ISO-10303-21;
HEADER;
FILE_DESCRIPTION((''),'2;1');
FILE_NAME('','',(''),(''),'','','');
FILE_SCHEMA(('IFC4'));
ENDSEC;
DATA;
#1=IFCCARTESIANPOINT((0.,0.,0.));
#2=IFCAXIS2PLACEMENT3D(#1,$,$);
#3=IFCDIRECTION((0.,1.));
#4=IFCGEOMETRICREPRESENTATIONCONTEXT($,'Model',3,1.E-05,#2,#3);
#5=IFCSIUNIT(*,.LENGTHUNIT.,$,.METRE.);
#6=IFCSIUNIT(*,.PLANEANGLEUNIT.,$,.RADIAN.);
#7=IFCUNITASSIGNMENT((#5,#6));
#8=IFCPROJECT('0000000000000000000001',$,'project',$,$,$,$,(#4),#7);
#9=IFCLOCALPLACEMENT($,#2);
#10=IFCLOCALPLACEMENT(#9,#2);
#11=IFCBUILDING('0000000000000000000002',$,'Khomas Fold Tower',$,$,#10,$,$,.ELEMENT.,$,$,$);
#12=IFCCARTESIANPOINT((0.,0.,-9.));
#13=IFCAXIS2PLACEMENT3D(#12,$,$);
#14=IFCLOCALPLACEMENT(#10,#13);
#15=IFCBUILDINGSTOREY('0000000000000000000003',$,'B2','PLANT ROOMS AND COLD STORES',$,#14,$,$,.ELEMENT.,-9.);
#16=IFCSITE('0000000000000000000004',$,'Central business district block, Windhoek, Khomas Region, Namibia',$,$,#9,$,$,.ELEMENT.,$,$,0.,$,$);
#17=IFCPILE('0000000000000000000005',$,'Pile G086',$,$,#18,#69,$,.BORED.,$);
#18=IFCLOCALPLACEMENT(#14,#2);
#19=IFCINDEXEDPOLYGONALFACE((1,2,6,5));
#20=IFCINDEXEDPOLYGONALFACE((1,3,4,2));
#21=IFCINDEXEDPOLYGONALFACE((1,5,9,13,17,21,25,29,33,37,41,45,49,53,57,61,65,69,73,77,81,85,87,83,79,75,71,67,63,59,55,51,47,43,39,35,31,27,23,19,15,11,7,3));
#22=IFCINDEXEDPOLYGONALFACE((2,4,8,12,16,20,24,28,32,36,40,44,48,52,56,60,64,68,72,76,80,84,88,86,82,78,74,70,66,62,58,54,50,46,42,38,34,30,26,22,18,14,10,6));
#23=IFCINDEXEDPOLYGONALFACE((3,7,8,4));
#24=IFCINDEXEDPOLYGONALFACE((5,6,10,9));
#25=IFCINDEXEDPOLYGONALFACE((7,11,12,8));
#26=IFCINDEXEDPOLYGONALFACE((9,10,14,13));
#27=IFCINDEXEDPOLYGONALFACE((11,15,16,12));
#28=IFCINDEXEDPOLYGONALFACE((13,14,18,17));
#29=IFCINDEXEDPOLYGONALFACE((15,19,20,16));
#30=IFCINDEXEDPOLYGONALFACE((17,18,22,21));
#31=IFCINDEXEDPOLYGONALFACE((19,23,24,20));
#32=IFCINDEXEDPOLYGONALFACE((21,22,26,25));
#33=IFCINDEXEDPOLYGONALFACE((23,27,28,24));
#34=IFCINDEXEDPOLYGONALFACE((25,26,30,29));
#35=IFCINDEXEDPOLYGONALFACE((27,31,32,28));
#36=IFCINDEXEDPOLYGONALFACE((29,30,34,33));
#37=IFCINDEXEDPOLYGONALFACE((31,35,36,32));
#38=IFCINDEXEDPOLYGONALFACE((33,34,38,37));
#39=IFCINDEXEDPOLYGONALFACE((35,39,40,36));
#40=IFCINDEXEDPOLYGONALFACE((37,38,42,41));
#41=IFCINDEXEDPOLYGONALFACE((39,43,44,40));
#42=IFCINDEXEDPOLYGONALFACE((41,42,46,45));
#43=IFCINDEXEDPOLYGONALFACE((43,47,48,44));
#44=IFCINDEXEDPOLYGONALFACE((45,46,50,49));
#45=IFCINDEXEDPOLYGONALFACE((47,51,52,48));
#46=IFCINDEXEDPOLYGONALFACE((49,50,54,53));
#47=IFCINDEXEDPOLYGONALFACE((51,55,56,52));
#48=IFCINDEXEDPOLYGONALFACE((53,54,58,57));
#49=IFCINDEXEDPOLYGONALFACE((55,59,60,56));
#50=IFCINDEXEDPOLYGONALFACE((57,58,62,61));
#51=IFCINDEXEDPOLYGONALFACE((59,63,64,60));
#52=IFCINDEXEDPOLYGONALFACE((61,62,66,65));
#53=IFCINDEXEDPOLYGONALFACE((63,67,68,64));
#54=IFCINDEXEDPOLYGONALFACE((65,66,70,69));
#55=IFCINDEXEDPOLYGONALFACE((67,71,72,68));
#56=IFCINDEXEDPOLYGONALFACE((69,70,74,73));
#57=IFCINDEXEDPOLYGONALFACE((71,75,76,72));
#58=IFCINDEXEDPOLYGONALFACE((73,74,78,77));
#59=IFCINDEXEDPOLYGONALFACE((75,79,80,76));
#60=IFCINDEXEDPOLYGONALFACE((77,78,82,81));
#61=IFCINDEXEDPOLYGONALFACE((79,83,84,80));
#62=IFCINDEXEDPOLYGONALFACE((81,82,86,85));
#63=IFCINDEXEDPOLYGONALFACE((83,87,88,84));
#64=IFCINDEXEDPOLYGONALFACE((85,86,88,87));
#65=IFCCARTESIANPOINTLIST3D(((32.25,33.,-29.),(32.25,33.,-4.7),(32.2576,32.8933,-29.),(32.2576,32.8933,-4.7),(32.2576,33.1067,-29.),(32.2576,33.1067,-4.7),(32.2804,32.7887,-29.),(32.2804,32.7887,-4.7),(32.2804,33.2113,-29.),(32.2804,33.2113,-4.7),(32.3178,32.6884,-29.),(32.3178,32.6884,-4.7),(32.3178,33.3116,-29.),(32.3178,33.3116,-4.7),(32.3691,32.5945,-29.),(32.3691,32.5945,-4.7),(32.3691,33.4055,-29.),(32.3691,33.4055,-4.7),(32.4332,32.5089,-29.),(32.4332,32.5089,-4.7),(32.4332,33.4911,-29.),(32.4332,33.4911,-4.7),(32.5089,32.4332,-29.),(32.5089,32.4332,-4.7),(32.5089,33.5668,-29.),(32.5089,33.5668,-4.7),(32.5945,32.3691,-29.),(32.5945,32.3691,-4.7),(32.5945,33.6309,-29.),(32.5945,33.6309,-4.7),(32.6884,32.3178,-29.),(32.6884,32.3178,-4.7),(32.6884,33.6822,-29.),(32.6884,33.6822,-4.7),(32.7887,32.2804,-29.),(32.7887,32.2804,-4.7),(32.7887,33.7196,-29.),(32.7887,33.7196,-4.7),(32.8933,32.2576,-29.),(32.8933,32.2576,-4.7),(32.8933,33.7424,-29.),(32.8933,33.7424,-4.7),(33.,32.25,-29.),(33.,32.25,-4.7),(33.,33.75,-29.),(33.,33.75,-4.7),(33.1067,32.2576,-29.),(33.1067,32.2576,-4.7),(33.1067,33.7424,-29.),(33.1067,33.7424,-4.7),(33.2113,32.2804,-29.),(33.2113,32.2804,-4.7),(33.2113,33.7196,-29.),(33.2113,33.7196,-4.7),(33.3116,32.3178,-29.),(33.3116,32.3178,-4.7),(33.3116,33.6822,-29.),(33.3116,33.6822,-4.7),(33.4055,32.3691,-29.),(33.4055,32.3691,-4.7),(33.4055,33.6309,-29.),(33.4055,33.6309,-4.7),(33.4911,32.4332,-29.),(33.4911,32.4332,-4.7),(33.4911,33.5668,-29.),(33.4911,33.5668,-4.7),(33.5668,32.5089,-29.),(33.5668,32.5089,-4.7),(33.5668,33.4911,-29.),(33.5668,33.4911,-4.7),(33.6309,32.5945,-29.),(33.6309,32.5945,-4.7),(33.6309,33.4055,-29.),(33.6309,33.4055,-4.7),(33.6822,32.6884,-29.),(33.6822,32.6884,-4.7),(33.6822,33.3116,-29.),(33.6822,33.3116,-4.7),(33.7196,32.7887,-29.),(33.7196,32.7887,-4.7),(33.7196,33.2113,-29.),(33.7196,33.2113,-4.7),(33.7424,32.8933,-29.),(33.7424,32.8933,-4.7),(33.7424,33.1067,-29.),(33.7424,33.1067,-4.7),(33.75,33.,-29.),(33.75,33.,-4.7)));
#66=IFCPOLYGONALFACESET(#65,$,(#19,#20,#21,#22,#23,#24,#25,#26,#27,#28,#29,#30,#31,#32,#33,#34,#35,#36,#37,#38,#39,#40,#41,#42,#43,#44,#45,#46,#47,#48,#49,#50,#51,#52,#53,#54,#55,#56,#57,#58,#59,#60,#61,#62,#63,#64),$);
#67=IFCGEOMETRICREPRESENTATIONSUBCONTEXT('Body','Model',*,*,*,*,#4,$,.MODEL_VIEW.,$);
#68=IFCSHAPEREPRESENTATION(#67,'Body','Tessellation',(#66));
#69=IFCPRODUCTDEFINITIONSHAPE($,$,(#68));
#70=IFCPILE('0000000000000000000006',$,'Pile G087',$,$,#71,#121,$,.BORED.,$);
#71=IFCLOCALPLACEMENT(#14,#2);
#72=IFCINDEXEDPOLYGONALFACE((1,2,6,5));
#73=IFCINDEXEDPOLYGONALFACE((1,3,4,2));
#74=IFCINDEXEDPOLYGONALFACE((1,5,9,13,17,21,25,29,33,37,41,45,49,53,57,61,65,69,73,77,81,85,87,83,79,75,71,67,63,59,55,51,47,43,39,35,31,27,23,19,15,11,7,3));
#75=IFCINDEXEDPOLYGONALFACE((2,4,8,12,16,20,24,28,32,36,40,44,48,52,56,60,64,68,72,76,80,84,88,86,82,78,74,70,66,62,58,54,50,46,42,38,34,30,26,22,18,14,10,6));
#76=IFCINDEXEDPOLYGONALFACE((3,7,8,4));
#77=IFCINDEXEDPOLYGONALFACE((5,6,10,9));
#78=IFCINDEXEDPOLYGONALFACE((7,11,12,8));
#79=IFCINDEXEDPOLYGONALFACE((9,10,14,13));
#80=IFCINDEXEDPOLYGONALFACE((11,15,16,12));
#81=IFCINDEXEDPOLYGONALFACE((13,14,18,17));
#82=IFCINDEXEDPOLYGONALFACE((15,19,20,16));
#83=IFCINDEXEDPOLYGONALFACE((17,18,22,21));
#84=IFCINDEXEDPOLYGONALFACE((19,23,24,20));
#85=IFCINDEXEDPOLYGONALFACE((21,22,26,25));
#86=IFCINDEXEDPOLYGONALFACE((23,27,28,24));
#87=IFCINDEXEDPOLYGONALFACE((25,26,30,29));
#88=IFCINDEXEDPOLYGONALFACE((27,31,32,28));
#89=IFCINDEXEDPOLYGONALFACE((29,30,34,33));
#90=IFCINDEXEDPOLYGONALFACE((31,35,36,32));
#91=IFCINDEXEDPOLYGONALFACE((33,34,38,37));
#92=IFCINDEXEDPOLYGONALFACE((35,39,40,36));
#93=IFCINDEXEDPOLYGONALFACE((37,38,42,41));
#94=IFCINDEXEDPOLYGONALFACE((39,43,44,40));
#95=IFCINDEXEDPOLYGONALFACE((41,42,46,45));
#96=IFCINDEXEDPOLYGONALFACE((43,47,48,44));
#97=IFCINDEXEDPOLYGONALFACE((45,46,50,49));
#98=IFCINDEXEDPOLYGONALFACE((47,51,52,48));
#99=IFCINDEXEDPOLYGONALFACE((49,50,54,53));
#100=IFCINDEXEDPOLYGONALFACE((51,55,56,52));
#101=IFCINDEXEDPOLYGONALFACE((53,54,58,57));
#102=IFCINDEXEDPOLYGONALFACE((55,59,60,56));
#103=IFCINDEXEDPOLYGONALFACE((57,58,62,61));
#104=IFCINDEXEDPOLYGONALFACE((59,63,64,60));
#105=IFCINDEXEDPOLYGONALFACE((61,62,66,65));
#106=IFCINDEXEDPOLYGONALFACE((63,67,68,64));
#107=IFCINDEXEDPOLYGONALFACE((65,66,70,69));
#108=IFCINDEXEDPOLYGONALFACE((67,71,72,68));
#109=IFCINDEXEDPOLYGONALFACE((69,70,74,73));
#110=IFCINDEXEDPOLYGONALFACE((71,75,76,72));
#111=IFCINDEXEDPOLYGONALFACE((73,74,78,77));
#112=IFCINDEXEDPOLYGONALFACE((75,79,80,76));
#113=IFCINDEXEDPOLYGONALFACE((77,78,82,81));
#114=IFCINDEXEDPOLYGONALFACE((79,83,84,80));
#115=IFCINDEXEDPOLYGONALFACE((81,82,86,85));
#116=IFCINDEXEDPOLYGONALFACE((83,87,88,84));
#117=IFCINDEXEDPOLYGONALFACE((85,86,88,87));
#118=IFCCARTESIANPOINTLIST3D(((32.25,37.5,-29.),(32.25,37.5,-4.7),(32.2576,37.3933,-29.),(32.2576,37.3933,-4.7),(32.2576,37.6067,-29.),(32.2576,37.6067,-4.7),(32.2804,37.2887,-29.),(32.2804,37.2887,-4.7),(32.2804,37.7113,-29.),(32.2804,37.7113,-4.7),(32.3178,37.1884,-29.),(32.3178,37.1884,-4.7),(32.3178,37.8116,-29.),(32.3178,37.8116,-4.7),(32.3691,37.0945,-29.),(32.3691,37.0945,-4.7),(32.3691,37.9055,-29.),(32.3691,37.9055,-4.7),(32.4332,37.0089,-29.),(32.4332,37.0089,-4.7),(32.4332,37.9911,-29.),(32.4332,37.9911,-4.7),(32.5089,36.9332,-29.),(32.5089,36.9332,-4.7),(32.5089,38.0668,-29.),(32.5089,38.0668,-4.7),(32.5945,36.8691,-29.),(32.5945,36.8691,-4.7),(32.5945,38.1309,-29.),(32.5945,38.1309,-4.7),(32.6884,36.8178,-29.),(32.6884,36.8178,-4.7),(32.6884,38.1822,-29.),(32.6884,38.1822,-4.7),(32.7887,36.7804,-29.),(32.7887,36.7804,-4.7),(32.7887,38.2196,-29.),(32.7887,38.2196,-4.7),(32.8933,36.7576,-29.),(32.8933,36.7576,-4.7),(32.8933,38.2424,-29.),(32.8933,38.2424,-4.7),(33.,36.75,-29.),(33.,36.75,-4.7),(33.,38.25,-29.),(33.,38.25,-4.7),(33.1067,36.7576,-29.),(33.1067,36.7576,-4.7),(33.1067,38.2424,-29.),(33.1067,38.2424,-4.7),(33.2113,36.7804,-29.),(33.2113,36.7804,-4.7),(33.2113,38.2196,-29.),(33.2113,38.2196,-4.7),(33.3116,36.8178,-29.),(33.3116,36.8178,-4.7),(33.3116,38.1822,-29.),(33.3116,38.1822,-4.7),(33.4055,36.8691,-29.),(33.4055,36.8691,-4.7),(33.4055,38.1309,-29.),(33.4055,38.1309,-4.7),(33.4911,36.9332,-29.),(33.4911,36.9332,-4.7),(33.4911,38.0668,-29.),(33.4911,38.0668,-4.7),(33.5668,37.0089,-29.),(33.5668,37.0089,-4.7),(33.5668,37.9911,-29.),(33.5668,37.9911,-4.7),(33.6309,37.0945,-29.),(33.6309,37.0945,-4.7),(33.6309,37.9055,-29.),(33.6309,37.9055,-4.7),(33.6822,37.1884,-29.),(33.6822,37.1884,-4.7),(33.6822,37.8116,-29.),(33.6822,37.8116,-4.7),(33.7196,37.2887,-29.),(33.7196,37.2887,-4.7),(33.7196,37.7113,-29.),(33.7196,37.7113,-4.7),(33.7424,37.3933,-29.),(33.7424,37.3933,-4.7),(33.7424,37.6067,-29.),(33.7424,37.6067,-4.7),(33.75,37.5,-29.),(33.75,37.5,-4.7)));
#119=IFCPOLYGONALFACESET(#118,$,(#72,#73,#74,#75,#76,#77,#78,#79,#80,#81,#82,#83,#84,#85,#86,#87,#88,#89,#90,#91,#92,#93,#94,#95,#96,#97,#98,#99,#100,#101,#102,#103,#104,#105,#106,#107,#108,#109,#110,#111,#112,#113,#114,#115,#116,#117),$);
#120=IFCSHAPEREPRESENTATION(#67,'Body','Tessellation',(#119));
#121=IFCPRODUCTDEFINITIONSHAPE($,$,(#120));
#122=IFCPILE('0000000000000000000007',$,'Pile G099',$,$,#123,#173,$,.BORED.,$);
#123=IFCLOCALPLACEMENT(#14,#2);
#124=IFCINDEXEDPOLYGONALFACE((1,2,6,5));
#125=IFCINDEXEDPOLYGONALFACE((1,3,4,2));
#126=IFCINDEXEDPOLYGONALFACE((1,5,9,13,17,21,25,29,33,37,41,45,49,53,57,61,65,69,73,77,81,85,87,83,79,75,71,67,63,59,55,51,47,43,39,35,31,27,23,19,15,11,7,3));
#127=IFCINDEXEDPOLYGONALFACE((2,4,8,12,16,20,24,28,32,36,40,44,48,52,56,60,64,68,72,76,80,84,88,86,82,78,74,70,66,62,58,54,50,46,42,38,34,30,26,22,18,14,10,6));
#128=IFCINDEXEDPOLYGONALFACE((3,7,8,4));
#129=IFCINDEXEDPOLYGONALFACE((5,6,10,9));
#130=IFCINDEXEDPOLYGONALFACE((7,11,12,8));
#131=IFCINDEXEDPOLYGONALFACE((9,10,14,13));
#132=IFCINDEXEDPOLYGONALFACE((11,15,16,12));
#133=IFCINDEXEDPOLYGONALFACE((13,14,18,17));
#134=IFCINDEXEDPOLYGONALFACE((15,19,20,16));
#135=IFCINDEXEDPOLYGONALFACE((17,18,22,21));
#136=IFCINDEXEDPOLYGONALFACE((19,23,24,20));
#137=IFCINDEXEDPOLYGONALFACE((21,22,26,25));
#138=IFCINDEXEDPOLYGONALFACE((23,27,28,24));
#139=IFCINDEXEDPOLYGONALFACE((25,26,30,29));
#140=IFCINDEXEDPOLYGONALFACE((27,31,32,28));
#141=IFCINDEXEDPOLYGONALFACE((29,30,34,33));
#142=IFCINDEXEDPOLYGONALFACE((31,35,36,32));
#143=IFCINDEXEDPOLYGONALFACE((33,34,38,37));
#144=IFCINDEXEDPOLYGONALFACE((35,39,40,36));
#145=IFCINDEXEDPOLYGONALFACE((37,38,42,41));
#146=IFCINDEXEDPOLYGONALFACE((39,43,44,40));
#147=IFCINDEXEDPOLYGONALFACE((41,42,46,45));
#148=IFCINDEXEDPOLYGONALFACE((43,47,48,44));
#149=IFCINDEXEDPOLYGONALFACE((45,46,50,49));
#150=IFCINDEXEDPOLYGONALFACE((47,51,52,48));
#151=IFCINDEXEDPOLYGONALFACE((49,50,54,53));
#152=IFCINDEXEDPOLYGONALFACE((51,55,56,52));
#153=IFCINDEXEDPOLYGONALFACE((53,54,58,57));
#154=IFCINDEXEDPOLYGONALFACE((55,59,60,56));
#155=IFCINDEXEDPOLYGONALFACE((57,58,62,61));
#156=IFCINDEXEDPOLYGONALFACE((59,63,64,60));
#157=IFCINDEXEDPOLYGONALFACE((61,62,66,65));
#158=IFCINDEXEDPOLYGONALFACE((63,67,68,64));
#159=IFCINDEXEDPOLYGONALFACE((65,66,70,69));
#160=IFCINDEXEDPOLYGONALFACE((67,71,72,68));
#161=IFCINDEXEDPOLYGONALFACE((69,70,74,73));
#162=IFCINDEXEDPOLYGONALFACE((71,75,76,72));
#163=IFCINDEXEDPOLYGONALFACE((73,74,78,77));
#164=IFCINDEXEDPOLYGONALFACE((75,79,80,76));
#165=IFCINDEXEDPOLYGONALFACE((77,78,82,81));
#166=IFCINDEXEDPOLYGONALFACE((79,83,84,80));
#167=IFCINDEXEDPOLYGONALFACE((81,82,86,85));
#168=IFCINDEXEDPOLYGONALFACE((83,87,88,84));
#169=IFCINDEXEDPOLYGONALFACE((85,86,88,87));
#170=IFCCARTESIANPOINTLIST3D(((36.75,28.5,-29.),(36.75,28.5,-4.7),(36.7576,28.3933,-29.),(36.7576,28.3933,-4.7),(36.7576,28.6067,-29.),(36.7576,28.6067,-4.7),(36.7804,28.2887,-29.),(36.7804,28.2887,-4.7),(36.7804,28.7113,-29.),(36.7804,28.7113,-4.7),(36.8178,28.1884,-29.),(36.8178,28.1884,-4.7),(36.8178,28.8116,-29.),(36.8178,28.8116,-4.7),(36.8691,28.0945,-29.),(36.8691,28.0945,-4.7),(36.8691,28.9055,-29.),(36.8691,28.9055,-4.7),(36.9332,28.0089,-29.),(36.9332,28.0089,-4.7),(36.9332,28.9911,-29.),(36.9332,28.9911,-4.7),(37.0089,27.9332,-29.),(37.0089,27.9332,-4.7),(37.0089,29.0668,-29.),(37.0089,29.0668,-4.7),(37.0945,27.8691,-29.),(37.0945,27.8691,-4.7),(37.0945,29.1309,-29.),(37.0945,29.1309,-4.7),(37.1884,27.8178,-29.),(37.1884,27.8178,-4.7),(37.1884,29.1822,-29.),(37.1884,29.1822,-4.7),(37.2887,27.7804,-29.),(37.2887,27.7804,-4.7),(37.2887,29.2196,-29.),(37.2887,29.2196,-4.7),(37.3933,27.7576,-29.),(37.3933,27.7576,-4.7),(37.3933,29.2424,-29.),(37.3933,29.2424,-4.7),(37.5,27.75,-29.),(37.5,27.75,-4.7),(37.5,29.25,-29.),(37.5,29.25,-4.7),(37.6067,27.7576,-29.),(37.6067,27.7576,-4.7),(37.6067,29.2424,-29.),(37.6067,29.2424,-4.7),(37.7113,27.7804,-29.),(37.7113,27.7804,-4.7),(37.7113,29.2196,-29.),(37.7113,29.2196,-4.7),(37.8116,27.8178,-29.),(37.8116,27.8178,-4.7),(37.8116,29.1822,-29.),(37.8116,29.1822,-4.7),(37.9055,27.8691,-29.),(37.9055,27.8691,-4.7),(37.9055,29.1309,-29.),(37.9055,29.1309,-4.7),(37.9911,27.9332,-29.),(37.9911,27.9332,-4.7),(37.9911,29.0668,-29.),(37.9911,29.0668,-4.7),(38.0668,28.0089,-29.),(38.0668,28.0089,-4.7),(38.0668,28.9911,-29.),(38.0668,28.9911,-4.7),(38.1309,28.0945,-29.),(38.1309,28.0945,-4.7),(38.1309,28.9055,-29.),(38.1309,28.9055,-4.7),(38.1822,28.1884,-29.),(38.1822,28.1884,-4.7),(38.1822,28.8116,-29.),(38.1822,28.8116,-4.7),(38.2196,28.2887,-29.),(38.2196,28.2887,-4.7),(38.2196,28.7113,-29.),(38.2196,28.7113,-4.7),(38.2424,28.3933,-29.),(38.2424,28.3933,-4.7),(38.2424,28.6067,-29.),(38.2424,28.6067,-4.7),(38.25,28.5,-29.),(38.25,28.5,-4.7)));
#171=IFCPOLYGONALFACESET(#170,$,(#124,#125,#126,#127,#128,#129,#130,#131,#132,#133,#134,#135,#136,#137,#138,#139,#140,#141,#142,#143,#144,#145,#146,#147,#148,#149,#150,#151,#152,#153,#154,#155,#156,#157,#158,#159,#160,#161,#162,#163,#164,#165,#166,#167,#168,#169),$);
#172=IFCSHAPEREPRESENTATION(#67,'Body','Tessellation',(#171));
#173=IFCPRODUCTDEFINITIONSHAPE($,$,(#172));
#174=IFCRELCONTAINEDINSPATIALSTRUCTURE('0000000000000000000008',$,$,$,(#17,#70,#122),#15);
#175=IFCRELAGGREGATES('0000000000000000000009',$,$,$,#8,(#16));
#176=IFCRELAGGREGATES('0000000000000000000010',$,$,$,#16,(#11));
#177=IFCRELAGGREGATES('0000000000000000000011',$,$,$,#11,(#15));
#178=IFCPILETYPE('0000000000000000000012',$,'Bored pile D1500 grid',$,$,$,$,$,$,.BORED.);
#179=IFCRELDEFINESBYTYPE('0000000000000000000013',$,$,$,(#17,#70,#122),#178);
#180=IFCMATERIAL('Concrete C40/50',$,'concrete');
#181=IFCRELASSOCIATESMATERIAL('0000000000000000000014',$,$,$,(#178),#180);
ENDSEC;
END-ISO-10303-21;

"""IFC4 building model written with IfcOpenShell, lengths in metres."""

from ifc_helpers import new_model, si_unit, direction, frame, origin, origin_2d, place, context, subcontext, project, spatial, circle, extrude, source, transform, mapped, material, material_profile, profile_set, type_object, element, save


model = new_model("IFC4")

# Units and contexts
model_context = context("Model", 3, precision=1e-05, world=origin(), true_north=direction((0.0, 1.0)))
body_context = subcontext(model_context, "Body", "Model", "MODEL_VIEW")
ifc_project = project(units=[si_unit("LENGTHUNIT", "METRE"), si_unit("PLANEANGLEUNIT", "RADIAN")], contexts=[model_context])

# Site, building, storey
site_placement = place(None, origin())
site = spatial("IfcSite", under=ifc_project, at=site_placement, Name="Central business district block, Windhoek, Khomas Region, Namibia", CompositionType="ELEMENT", RefElevation=0.0)
building_placement = place(site_placement, origin())
building = spatial("IfcBuilding", under=site, at=building_placement, Name="Khomas Fold Tower", CompositionType="ELEMENT")
storey_placement = place(building_placement, frame((0.0, 0.0, -9.0)))
storey = spatial("IfcBuildingStorey", under=building, at=storey_placement, Name="B2", Description="PLANT ROOMS AND COLD STORES", CompositionType="ELEMENT", Elevation=-9.0)

# Piles
ifc_material_1 = material(Name="Concrete C40/50", Category="concrete")
ifc_material_profile_1 = material_profile(ifc_material_1, circle(Radius=0.75, at=origin_2d()), Name="PILE D1500")
ifc_profile_set_1 = profile_set([ifc_material_profile_1], Name="Concrete C40/50")
pile_type_1 = type_object("IfcPileType", Name="Bored pile D1500 grid", PredefinedType="BORED", material=ifc_profile_set_1)
shared_shape_1 = source(origin(), body_context, "Body", "SweptSolid", [
    extrude(circle(Radius=0.75, at=origin_2d()), origin(), (0.0, 0.0, 1.0), 24.3),
])
for number, where, z_axis, x_axis, name in (
    (1, (33.0, 33.0, -4.7), (0.0, 0.0, -1.0), (1.0, 0.0, 0.0), "Pile G086"),
    (2, (33.0, 37.5, -4.7), (0.0, 0.0, -1.0), (1.0, 0.0, 0.0), "Pile G087"),
    (3, (37.5, 28.5, -4.7), (0.0, 0.0, -1.0), (1.0, 0.0, 0.0), "Pile G099"),
):
    element("IfcPile", number, at=place(storey_placement, frame(where, z_axis=z_axis, x_axis=x_axis)), inside=storey, type_object=pile_type_1, Name=name, PredefinedType="BORED", context=body_context, shape_type="MappedRepresentation", body=[
        mapped(shared_shape_1, transform((0.0, 0.0, 0.0))),
    ])

save(model, "model.ifc")
